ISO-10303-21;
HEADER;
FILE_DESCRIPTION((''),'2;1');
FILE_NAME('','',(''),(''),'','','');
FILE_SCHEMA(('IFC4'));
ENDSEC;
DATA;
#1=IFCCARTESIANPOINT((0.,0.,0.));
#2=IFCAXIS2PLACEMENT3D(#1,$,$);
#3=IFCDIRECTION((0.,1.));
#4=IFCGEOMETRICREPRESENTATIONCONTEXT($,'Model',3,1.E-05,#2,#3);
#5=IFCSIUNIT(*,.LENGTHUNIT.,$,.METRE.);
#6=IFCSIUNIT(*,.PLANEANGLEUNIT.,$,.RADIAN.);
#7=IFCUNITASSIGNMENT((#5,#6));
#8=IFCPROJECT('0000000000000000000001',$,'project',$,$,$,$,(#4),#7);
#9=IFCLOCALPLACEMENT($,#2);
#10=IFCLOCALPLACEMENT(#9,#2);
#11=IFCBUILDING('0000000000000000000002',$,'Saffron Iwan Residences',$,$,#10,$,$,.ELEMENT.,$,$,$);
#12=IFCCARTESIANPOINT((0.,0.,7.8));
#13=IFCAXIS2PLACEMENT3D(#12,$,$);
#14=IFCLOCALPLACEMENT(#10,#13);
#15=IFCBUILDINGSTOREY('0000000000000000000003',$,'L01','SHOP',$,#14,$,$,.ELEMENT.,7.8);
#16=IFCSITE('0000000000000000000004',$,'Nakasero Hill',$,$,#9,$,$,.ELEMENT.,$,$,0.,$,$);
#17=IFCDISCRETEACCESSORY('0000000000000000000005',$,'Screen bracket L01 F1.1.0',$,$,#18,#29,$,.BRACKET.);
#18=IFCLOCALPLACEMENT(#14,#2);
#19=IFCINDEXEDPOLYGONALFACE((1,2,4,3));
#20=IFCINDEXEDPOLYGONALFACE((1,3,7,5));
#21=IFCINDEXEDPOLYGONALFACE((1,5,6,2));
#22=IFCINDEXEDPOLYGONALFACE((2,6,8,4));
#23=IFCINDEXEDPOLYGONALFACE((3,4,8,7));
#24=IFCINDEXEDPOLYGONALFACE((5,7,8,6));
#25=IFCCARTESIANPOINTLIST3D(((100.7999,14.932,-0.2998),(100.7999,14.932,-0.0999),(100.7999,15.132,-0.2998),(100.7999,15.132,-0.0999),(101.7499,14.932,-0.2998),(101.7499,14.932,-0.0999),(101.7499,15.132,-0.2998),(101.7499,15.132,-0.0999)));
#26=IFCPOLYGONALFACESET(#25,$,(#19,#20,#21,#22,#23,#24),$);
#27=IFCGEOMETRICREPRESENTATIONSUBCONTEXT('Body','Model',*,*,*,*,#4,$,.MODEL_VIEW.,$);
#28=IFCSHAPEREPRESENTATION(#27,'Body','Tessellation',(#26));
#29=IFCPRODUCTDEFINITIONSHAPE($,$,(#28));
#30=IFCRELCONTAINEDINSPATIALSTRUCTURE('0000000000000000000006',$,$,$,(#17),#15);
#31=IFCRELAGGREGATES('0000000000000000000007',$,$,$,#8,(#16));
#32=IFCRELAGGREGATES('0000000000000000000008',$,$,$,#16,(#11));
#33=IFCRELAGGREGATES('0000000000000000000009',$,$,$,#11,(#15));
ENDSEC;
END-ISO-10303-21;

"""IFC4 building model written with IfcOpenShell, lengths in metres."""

from ifc_helpers import new_model, si_unit, direction, frame, origin, origin_2d, place, context, subcontext, project, spatial, rectangle, extrude, source, transform, mapped, element, save


model = new_model("IFC4")

# Units and contexts
model_context = context("Model", 3, precision=1e-05, world=origin(), true_north=direction((0.0, 1.0)))
body_context = subcontext(model_context, "Body", "Model", "MODEL_VIEW")
ifc_project = project(units=[si_unit("LENGTHUNIT", "METRE"), si_unit("PLANEANGLEUNIT", "RADIAN")], contexts=[model_context])

# Site, building, storey
site_placement = place(None, origin())
site = spatial("IfcSite", under=ifc_project, at=site_placement, Name="Nakasero Hill", CompositionType="ELEMENT", RefElevation=0.0)
building_placement = place(site_placement, origin())
building = spatial("IfcBuilding", under=site, at=building_placement, Name="Saffron Iwan Residences", CompositionType="ELEMENT")
storey_placement = place(building_placement, frame((0.0, 0.0, 7.8)))
storey = spatial("IfcBuildingStorey", under=building, at=storey_placement, Name="L01", Description="SHOP", CompositionType="ELEMENT", Elevation=7.8)

# Discrete accessory
shared_shape_1 = source(origin(), body_context, "Body", "SweptSolid", [
    extrude(rectangle(XDim=0.95, YDim=0.2, at=origin_2d()), origin(), (0.0, 0.0, 1.0), 0.2),
])
for number, where, z_axis, x_axis, name in (
    (1, (101.2749, 15.032, -0.2998), (0.0, 0.0, 1.0), (1.0, 0.0, 0.0), "Screen bracket L01 F1.1.0"),
):
    element("IfcDiscreteAccessory", number, at=place(storey_placement, frame(where, z_axis=z_axis, x_axis=x_axis)), inside=storey, Name=name, PredefinedType="BRACKET", context=body_context, shape_type="MappedRepresentation", body=[
        mapped(shared_shape_1, transform((0.0, 0.0, 0.0))),
    ])

save(model, "model.ifc")
